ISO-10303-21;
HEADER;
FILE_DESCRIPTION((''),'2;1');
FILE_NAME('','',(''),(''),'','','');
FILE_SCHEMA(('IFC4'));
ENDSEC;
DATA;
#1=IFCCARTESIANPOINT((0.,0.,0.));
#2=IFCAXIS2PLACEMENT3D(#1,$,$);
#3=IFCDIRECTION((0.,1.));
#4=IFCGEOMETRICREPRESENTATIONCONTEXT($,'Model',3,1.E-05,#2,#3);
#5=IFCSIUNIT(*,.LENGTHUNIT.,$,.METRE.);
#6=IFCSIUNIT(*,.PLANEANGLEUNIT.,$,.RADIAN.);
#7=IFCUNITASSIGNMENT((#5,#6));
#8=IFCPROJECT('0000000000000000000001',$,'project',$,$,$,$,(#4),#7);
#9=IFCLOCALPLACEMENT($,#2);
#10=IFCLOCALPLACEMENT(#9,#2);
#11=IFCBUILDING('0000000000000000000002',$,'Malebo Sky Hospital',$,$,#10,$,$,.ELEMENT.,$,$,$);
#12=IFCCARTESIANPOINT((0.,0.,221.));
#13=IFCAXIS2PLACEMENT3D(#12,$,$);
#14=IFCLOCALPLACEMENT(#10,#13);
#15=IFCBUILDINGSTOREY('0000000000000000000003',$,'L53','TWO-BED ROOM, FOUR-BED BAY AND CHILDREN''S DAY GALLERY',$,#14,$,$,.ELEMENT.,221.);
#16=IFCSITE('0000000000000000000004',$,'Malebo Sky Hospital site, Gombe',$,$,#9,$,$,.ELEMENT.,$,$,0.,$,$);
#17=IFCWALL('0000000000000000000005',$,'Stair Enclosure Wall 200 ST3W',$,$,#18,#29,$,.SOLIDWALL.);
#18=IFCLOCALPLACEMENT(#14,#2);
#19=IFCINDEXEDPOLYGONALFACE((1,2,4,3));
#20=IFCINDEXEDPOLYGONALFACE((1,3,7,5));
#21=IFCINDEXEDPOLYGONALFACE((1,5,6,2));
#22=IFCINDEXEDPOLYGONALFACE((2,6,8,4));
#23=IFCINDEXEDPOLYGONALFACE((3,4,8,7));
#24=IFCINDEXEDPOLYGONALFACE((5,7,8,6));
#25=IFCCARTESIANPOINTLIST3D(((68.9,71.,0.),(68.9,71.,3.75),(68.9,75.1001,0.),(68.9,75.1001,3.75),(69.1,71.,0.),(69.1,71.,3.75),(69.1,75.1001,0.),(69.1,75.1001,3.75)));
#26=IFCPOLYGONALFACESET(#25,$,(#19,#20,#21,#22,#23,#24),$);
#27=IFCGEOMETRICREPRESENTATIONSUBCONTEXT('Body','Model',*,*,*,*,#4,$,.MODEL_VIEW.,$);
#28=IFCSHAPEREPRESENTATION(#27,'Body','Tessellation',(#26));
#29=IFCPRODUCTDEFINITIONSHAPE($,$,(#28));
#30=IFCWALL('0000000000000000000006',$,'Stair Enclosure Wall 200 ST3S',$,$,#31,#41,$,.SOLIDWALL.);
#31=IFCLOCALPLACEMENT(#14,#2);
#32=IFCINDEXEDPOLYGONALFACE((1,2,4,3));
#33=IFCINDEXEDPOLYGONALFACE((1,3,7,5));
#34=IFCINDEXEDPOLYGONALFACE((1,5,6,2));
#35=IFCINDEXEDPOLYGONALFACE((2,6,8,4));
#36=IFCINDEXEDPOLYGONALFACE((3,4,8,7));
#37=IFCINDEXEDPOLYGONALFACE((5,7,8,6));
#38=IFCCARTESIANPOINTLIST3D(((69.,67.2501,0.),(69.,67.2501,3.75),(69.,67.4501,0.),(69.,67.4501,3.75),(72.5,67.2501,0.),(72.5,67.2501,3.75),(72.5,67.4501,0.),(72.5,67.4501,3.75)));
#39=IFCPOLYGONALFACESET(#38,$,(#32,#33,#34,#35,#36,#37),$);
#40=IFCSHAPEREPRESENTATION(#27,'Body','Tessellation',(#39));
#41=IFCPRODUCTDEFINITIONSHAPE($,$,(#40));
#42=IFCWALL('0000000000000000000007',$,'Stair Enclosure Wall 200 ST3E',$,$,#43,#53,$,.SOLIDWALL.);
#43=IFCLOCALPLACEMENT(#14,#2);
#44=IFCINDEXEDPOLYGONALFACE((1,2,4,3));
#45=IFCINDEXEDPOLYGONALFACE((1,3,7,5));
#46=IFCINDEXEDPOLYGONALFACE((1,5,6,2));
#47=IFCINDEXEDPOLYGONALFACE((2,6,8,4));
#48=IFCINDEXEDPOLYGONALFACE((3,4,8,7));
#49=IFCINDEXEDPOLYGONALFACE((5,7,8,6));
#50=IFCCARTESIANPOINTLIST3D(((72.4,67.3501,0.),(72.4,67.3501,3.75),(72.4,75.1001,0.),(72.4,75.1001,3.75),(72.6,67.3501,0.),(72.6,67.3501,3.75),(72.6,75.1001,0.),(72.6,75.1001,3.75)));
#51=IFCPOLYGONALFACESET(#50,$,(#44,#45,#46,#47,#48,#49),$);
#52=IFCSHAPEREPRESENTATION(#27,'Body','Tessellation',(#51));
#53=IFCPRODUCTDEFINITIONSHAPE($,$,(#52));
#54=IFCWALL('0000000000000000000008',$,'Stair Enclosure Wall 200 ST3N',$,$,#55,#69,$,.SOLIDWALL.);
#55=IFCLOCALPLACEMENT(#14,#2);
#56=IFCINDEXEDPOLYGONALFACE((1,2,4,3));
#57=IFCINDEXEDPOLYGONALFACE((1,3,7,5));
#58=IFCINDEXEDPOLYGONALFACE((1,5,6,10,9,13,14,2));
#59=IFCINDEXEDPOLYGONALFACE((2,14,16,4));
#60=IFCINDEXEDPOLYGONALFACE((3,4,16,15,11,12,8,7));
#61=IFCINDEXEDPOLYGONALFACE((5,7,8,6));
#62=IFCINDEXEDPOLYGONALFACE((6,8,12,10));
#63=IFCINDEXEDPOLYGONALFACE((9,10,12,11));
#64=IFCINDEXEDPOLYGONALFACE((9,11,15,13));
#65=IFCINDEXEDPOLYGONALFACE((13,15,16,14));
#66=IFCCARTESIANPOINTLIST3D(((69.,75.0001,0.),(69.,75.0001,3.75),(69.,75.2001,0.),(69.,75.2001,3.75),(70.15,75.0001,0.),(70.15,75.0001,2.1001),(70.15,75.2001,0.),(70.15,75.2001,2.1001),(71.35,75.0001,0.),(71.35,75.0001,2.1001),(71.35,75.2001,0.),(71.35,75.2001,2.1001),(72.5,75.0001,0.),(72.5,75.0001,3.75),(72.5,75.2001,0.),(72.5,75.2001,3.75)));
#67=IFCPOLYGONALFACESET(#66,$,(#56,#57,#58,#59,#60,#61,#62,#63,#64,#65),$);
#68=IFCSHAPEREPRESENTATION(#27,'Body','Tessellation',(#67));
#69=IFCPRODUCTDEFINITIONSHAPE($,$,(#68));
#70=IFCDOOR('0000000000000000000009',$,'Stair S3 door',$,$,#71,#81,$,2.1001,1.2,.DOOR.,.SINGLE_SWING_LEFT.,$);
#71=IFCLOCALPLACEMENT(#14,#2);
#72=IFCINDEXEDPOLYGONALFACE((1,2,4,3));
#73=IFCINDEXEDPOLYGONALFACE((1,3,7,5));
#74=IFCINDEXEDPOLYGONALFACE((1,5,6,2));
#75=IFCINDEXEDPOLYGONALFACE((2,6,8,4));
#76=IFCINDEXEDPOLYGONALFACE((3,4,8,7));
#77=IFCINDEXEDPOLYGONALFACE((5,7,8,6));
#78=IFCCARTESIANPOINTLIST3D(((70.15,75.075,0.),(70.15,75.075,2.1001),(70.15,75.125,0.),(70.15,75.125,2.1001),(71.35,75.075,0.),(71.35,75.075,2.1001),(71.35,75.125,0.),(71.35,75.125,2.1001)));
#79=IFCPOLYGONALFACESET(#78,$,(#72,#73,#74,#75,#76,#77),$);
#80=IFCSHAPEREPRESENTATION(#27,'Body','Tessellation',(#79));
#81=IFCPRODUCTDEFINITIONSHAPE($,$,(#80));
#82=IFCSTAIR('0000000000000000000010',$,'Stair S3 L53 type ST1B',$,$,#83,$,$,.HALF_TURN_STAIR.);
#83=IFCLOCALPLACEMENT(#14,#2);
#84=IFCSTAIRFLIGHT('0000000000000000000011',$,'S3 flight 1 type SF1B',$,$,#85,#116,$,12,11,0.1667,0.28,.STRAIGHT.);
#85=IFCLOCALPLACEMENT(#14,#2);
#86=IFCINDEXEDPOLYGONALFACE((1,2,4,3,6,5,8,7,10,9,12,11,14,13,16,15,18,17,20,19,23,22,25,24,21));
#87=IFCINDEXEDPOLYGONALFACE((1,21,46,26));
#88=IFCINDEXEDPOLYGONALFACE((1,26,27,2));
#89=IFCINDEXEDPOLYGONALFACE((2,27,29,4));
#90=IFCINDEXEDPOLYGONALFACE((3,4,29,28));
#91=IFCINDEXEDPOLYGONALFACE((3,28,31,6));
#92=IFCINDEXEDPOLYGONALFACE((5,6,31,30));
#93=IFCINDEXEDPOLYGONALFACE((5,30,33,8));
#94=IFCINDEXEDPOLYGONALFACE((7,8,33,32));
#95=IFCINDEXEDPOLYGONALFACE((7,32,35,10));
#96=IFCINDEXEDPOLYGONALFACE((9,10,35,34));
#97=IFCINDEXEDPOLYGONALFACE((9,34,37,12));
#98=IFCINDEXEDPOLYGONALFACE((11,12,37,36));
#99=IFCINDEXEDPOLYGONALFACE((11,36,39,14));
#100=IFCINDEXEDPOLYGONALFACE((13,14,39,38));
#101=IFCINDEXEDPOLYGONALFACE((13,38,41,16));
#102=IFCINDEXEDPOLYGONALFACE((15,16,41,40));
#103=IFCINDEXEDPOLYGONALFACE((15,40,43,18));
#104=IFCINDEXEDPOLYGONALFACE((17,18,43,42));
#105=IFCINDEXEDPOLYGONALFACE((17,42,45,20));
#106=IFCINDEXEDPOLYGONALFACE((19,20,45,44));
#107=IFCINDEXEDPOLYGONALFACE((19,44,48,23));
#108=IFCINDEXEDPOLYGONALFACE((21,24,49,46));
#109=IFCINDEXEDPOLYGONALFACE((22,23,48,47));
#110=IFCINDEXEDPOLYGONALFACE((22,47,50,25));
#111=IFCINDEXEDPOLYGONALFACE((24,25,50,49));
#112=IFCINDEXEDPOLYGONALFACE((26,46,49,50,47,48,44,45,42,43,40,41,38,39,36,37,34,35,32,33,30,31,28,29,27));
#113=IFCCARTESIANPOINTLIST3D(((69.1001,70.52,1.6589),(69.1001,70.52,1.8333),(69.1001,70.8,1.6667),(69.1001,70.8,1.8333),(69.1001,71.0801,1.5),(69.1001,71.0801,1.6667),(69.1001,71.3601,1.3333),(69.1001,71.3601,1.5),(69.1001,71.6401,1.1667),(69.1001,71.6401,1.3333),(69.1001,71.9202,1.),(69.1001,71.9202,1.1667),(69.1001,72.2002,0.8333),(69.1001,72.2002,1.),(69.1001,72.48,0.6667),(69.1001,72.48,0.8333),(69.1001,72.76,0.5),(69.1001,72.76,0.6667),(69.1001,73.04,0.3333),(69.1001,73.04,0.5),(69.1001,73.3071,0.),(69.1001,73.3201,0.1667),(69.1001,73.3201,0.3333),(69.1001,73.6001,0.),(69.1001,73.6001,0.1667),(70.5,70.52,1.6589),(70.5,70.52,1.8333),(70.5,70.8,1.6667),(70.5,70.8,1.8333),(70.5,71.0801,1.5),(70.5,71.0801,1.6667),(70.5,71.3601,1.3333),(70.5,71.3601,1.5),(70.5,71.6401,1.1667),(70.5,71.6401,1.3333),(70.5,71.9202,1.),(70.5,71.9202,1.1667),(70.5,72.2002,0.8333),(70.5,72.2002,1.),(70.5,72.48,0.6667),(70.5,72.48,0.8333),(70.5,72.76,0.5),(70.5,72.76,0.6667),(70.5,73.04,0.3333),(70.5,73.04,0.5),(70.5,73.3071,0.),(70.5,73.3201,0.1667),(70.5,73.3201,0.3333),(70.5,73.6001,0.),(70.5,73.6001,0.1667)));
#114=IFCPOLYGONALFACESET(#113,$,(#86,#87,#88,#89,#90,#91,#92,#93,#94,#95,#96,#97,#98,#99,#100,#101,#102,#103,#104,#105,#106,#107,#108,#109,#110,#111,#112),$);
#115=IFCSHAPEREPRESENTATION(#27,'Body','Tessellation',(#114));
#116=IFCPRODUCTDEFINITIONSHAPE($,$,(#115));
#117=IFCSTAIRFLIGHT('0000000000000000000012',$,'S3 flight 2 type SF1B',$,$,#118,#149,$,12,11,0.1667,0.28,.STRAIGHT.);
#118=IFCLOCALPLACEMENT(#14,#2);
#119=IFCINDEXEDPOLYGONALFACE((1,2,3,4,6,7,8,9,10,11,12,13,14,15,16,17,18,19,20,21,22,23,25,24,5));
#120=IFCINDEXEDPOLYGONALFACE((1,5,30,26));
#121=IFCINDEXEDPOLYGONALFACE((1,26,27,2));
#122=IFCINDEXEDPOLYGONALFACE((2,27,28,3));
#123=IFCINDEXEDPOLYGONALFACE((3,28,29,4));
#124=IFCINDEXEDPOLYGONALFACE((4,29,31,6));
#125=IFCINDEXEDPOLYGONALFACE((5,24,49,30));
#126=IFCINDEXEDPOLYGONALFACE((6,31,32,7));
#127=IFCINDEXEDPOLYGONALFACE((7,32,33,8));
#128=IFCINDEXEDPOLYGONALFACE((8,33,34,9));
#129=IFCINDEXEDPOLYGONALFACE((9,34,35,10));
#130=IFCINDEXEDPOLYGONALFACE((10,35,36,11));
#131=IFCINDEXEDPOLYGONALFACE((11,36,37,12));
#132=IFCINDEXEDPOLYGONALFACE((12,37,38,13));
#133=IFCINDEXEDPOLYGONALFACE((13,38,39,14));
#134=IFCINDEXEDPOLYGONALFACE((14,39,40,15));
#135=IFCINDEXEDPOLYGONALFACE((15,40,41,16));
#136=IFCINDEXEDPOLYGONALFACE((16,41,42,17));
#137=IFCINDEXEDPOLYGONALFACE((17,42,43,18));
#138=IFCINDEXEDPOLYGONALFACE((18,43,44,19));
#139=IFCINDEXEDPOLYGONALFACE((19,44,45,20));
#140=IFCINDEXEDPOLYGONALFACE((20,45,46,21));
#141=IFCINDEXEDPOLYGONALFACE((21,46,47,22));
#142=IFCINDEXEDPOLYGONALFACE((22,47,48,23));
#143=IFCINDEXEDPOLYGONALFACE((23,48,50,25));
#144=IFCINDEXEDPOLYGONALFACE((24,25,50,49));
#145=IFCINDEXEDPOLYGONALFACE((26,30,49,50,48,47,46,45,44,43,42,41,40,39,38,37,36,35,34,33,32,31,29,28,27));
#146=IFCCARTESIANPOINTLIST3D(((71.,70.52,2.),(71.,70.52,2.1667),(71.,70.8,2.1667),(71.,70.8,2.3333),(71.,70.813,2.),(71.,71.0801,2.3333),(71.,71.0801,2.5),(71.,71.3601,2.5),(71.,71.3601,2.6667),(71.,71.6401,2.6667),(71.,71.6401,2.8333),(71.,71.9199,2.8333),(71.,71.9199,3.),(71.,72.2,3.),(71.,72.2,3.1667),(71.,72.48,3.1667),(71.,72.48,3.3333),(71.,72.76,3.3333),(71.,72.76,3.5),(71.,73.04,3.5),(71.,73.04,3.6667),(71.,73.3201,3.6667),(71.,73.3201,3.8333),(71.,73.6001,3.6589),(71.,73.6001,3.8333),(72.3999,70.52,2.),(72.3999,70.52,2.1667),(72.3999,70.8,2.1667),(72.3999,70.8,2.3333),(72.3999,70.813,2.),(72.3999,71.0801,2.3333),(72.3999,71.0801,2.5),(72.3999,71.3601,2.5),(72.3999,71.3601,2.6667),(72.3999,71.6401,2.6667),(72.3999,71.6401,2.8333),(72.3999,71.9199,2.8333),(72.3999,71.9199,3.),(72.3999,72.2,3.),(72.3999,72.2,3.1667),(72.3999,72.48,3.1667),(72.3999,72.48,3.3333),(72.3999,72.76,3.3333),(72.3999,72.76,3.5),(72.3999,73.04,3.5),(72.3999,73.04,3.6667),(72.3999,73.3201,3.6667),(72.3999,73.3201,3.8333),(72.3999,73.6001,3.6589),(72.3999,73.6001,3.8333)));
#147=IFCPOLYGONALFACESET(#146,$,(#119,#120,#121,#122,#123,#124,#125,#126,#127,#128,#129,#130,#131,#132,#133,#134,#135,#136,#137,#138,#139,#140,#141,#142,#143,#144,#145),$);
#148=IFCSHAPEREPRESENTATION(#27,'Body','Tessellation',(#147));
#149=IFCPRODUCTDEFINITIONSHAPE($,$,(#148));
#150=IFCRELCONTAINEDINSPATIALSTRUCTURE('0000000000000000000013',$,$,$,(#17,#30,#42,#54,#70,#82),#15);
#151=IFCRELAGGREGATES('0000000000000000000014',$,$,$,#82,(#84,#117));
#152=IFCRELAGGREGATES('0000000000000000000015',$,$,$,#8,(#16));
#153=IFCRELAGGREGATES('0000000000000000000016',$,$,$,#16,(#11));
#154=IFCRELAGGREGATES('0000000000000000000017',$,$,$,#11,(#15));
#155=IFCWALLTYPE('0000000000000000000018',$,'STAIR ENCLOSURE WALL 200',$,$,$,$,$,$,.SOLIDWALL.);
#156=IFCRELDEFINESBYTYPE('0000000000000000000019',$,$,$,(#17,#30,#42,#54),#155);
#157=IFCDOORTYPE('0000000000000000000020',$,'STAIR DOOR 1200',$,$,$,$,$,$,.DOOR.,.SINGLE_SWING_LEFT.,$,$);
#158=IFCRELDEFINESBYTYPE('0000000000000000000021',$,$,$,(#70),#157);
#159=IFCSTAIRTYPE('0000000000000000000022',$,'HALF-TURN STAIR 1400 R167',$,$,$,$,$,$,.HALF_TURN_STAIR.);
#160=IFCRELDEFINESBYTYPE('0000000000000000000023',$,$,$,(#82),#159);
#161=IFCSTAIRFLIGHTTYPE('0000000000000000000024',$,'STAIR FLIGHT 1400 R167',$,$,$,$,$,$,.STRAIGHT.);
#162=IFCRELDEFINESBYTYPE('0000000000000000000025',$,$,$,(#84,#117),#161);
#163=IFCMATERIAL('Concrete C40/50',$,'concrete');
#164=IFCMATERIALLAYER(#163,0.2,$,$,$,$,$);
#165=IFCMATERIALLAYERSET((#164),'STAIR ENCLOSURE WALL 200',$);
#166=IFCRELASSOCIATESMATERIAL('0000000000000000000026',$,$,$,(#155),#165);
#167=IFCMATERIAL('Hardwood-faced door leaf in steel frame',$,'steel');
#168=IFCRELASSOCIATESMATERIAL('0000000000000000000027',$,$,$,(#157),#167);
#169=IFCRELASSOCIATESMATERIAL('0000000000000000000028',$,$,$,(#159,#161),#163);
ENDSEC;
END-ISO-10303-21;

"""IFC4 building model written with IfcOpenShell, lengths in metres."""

from ifc_helpers import new_model, si_unit, direction, frame, frame_2d, origin, place, context, subcontext, project, spatial, polyline, rectangle, outline, extrude, material, layer, layer_set, type_object, element, fill, aggregate, save


model = new_model("IFC4")

# Units and contexts
model_context = context("Model", 3, precision=1e-05, world=origin(), true_north=direction((0.0, 1.0)))
body_context = subcontext(model_context, "Body", "Model", "MODEL_VIEW")
ifc_project = project(units=[si_unit("LENGTHUNIT", "METRE"), si_unit("PLANEANGLEUNIT", "RADIAN")], contexts=[model_context])

# Site, building, storey
site_placement = place(None, origin())
site = spatial("IfcSite", under=ifc_project, at=site_placement, Name="Malebo Sky Hospital site, Gombe", CompositionType="ELEMENT", RefElevation=0.0)
building_placement = place(site_placement, origin())
building = spatial("IfcBuilding", under=site, at=building_placement, Name="Malebo Sky Hospital", CompositionType="ELEMENT")
storey_placement = place(building_placement, frame((0.0, 0.0, 221.0)))
storey = spatial("IfcBuildingStorey", under=building, at=storey_placement, Name="L53", Description="TWO-BED ROOM, FOUR-BED BAY AND CHILDREN'S DAY GALLERY", CompositionType="ELEMENT", Elevation=221.0)

# Shared definitions
ifc_material_1 = material(Name="Hardwood-faced door leaf in steel frame", Category="steel")

# Walls
ifc_material_2 = material(Name="Concrete C40/50", Category="concrete")
ifc_layer_1 = layer(ifc_material_2, 0.2)
ifc_layer_set_1 = layer_set([ifc_layer_1], Name="STAIR ENCLOSURE WALL 200")
wall_type_1 = type_object("IfcWallType", Name="STAIR ENCLOSURE WALL 200", PredefinedType="SOLIDWALL", material=ifc_layer_set_1)
wall_1_placement = place(storey_placement, frame((69.0, 71.0, 0.0), z_axis=(0.0, 0.0, 1.0), x_axis=(0.0, 1.0, 0.0)))
element("IfcWall", 1, at=wall_1_placement, inside=storey, type_object=wall_type_1, Name="Stair Enclosure Wall 200 ST3W", PredefinedType="SOLIDWALL", context=body_context, shape_type="SweptSolid", body=[
    extrude(rectangle(XDim=4.1001, YDim=0.2, at=frame_2d((2.05, 0.0))), origin(), (0.0, 0.0, 1.0), 3.75),
])
wall_2_placement = place(storey_placement, frame((69.0, 67.3501, 0.0), z_axis=(0.0, 0.0, 1.0), x_axis=(1.0, 0.0, 0.0)))
element("IfcWall", 2, at=wall_2_placement, inside=storey, type_object=wall_type_1, Name="Stair Enclosure Wall 200 ST3S", PredefinedType="SOLIDWALL", context=body_context, shape_type="SweptSolid", body=[
    extrude(rectangle(XDim=3.5, YDim=0.2, at=frame_2d((1.75, 0.0))), origin(), (0.0, 0.0, 1.0), 3.75),
])
wall_3_placement = place(storey_placement, frame((72.5, 67.3501, 0.0), z_axis=(0.0, 0.0, 1.0), x_axis=(0.0, 1.0, 0.0)))
element("IfcWall", 3, at=wall_3_placement, inside=storey, type_object=wall_type_1, Name="Stair Enclosure Wall 200 ST3E", PredefinedType="SOLIDWALL", context=body_context, shape_type="SweptSolid", body=[
    extrude(rectangle(XDim=7.75, YDim=0.2, at=frame_2d((3.875, 0.0))), origin(), (0.0, 0.0, 1.0), 3.75),
])

# Wall, opening, door
wall_4_placement = place(storey_placement, frame((69.0, 75.1001, 0.0), z_axis=(0.0, 0.0, 1.0), x_axis=(1.0, 0.0, 0.0)))
wall_4 = element("IfcWall", 4, at=wall_4_placement, inside=storey, type_object=wall_type_1, Name="Stair Enclosure Wall 200 ST3N", PredefinedType="SOLIDWALL", context=body_context, shape_type="SweptSolid", body=[
    extrude(rectangle(XDim=3.5, YDim=0.2, at=frame_2d((1.75, 0.0))), origin(), (0.0, 0.0, 1.0), 3.75),
])
opening_1_placement = place(wall_4_placement, frame((1.1499, 0.0, 0.0)))
opening_1 = element("IfcOpeningElement", 5, at=opening_1_placement, cuts=wall_4, PredefinedType="OPENING", context=body_context, shape_type="SweptSolid", body=[
    extrude(rectangle(XDim=1.2, YDim=2.1001, at=frame_2d((0.6001, 1.05))), frame((0.0, 0.1099, 0.0), z_axis=(0.0, -1.0, 0.0), x_axis=(1.0, 0.0, 0.0)), (0.0, 0.0, 1.0), 0.22),
])
door_type_1 = type_object("IfcDoorType", Name="STAIR DOOR 1200", OperationType="SINGLE_SWING_LEFT", PredefinedType="DOOR", material=ifc_material_1)
door_1_placement = place(opening_1_placement, origin())
door_1 = element("IfcDoor", 6, at=door_1_placement, inside=storey, type_object=door_type_1, Name="Stair S3 door", OperationType="SINGLE_SWING_LEFT", OverallHeight=2.1001, OverallWidth=1.2, PredefinedType="DOOR", context=body_context, shape_type="SweptSolid", body=[
    extrude(rectangle(XDim=1.2, YDim=2.1001, at=frame_2d((0.6001, 1.05))), frame((0.0, 0.0249, 0.0), z_axis=(0.0, -1.0, 0.0), x_axis=(1.0, 0.0, 0.0)), (0.0, 0.0, 1.0), 0.05),
])
fill(opening_1, door_1)

# Stair, stair flights
stair_type = type_object("IfcStairType", Name="HALF-TURN STAIR 1400 R167", PredefinedType="HALF_TURN_STAIR", material=ifc_material_2)
stair_placement = place(storey_placement, origin())
stair = element("IfcStair", 7, at=stair_placement, inside=storey, type_object=stair_type, Name="Stair S3 L53 type ST1B", PredefinedType="HALF_TURN_STAIR")
stair_flight_type = type_object("IfcStairFlightType", Name="STAIR FLIGHT 1400 R167", PredefinedType="STRAIGHT", material=ifc_material_2)
stair_flight_1_placement = place(storey_placement, frame((69.8, 73.6001, 0.0), z_axis=(0.0, 0.0, 1.0), x_axis=(0.0, -1.0, 0.0)))
stair_flight_1 = element("IfcStairFlight", 8, at=stair_flight_1_placement, type_object=stair_flight_type, Name="S3 flight 1 type SF1B", NumberOfRisers=12, NumberOfTreads=11, PredefinedType="STRAIGHT", RiserHeight=0.1667, TreadLength=0.28, context=body_context, shape_type="SweptSolid", body=[
    extrude(outline(polyline([(0.0, 0.0), (0.0, 0.1667), (0.28, 0.1667), (0.28, 0.3333), (0.5601, 0.3333), (0.5601, 0.5), (0.8401, 0.5), (0.8401, 0.6667), (1.1201, 0.6667), (1.1201, 0.8333), (1.3999, 0.8333), (1.3999, 1.0), (1.6799, 1.0), (1.6799, 1.1667), (1.96, 1.1667), (1.96, 1.3333), (2.24, 1.3333), (2.24, 1.5), (2.52, 1.5), (2.52, 1.6667), (2.8, 1.6667), (2.8, 1.8333), (3.0801, 1.8333), (3.0801, 2.0), (3.0801, 1.6589), (0.293, 0.0), (0.0, 0.0)])), frame((0.0, 0.7, 0.0), z_axis=(0.0, -1.0, 0.0), x_axis=(1.0, 0.0, 0.0)), (0.0, 0.0, 1.0), 1.3999),
])
stair_flight_2_placement = place(storey_placement, frame((71.7, 70.52, 2.0), z_axis=(0.0, 0.0, 1.0), x_axis=(0.0, 1.0, 0.0)))
stair_flight_2 = element("IfcStairFlight", 9, at=stair_flight_2_placement, type_object=stair_flight_type, Name="S3 flight 2 type SF1B", NumberOfRisers=12, NumberOfTreads=11, PredefinedType="STRAIGHT", RiserHeight=0.1667, TreadLength=0.28, context=body_context, shape_type="SweptSolid", body=[
    extrude(outline(polyline([(0.0, 0.0), (0.0, 0.1667), (0.28, 0.1667), (0.28, 0.3333), (0.5601, 0.3333), (0.5601, 0.5), (0.8401, 0.5), (0.8401, 0.6667), (1.1201, 0.6667), (1.1201, 0.8333), (1.3999, 0.8333), (1.3999, 1.0), (1.6799, 1.0), (1.6799, 1.1667), (1.96, 1.1667), (1.96, 1.3333), (2.24, 1.3333), (2.24, 1.5), (2.52, 1.5), (2.52, 1.6667), (2.8, 1.6667), (2.8, 1.8333), (3.0801, 1.8333), (3.0801, 2.0), (3.0801, 1.6589), (0.293, 0.0), (0.0, 0.0)])), frame((0.0, 0.7, 0.0), z_axis=(0.0, -1.0, 0.0), x_axis=(1.0, 0.0, 0.0)), (0.0, 0.0, 1.0), 1.3999),
])
aggregate(stair, [stair_flight_1, stair_flight_2])

save(model, "model.ifc")
